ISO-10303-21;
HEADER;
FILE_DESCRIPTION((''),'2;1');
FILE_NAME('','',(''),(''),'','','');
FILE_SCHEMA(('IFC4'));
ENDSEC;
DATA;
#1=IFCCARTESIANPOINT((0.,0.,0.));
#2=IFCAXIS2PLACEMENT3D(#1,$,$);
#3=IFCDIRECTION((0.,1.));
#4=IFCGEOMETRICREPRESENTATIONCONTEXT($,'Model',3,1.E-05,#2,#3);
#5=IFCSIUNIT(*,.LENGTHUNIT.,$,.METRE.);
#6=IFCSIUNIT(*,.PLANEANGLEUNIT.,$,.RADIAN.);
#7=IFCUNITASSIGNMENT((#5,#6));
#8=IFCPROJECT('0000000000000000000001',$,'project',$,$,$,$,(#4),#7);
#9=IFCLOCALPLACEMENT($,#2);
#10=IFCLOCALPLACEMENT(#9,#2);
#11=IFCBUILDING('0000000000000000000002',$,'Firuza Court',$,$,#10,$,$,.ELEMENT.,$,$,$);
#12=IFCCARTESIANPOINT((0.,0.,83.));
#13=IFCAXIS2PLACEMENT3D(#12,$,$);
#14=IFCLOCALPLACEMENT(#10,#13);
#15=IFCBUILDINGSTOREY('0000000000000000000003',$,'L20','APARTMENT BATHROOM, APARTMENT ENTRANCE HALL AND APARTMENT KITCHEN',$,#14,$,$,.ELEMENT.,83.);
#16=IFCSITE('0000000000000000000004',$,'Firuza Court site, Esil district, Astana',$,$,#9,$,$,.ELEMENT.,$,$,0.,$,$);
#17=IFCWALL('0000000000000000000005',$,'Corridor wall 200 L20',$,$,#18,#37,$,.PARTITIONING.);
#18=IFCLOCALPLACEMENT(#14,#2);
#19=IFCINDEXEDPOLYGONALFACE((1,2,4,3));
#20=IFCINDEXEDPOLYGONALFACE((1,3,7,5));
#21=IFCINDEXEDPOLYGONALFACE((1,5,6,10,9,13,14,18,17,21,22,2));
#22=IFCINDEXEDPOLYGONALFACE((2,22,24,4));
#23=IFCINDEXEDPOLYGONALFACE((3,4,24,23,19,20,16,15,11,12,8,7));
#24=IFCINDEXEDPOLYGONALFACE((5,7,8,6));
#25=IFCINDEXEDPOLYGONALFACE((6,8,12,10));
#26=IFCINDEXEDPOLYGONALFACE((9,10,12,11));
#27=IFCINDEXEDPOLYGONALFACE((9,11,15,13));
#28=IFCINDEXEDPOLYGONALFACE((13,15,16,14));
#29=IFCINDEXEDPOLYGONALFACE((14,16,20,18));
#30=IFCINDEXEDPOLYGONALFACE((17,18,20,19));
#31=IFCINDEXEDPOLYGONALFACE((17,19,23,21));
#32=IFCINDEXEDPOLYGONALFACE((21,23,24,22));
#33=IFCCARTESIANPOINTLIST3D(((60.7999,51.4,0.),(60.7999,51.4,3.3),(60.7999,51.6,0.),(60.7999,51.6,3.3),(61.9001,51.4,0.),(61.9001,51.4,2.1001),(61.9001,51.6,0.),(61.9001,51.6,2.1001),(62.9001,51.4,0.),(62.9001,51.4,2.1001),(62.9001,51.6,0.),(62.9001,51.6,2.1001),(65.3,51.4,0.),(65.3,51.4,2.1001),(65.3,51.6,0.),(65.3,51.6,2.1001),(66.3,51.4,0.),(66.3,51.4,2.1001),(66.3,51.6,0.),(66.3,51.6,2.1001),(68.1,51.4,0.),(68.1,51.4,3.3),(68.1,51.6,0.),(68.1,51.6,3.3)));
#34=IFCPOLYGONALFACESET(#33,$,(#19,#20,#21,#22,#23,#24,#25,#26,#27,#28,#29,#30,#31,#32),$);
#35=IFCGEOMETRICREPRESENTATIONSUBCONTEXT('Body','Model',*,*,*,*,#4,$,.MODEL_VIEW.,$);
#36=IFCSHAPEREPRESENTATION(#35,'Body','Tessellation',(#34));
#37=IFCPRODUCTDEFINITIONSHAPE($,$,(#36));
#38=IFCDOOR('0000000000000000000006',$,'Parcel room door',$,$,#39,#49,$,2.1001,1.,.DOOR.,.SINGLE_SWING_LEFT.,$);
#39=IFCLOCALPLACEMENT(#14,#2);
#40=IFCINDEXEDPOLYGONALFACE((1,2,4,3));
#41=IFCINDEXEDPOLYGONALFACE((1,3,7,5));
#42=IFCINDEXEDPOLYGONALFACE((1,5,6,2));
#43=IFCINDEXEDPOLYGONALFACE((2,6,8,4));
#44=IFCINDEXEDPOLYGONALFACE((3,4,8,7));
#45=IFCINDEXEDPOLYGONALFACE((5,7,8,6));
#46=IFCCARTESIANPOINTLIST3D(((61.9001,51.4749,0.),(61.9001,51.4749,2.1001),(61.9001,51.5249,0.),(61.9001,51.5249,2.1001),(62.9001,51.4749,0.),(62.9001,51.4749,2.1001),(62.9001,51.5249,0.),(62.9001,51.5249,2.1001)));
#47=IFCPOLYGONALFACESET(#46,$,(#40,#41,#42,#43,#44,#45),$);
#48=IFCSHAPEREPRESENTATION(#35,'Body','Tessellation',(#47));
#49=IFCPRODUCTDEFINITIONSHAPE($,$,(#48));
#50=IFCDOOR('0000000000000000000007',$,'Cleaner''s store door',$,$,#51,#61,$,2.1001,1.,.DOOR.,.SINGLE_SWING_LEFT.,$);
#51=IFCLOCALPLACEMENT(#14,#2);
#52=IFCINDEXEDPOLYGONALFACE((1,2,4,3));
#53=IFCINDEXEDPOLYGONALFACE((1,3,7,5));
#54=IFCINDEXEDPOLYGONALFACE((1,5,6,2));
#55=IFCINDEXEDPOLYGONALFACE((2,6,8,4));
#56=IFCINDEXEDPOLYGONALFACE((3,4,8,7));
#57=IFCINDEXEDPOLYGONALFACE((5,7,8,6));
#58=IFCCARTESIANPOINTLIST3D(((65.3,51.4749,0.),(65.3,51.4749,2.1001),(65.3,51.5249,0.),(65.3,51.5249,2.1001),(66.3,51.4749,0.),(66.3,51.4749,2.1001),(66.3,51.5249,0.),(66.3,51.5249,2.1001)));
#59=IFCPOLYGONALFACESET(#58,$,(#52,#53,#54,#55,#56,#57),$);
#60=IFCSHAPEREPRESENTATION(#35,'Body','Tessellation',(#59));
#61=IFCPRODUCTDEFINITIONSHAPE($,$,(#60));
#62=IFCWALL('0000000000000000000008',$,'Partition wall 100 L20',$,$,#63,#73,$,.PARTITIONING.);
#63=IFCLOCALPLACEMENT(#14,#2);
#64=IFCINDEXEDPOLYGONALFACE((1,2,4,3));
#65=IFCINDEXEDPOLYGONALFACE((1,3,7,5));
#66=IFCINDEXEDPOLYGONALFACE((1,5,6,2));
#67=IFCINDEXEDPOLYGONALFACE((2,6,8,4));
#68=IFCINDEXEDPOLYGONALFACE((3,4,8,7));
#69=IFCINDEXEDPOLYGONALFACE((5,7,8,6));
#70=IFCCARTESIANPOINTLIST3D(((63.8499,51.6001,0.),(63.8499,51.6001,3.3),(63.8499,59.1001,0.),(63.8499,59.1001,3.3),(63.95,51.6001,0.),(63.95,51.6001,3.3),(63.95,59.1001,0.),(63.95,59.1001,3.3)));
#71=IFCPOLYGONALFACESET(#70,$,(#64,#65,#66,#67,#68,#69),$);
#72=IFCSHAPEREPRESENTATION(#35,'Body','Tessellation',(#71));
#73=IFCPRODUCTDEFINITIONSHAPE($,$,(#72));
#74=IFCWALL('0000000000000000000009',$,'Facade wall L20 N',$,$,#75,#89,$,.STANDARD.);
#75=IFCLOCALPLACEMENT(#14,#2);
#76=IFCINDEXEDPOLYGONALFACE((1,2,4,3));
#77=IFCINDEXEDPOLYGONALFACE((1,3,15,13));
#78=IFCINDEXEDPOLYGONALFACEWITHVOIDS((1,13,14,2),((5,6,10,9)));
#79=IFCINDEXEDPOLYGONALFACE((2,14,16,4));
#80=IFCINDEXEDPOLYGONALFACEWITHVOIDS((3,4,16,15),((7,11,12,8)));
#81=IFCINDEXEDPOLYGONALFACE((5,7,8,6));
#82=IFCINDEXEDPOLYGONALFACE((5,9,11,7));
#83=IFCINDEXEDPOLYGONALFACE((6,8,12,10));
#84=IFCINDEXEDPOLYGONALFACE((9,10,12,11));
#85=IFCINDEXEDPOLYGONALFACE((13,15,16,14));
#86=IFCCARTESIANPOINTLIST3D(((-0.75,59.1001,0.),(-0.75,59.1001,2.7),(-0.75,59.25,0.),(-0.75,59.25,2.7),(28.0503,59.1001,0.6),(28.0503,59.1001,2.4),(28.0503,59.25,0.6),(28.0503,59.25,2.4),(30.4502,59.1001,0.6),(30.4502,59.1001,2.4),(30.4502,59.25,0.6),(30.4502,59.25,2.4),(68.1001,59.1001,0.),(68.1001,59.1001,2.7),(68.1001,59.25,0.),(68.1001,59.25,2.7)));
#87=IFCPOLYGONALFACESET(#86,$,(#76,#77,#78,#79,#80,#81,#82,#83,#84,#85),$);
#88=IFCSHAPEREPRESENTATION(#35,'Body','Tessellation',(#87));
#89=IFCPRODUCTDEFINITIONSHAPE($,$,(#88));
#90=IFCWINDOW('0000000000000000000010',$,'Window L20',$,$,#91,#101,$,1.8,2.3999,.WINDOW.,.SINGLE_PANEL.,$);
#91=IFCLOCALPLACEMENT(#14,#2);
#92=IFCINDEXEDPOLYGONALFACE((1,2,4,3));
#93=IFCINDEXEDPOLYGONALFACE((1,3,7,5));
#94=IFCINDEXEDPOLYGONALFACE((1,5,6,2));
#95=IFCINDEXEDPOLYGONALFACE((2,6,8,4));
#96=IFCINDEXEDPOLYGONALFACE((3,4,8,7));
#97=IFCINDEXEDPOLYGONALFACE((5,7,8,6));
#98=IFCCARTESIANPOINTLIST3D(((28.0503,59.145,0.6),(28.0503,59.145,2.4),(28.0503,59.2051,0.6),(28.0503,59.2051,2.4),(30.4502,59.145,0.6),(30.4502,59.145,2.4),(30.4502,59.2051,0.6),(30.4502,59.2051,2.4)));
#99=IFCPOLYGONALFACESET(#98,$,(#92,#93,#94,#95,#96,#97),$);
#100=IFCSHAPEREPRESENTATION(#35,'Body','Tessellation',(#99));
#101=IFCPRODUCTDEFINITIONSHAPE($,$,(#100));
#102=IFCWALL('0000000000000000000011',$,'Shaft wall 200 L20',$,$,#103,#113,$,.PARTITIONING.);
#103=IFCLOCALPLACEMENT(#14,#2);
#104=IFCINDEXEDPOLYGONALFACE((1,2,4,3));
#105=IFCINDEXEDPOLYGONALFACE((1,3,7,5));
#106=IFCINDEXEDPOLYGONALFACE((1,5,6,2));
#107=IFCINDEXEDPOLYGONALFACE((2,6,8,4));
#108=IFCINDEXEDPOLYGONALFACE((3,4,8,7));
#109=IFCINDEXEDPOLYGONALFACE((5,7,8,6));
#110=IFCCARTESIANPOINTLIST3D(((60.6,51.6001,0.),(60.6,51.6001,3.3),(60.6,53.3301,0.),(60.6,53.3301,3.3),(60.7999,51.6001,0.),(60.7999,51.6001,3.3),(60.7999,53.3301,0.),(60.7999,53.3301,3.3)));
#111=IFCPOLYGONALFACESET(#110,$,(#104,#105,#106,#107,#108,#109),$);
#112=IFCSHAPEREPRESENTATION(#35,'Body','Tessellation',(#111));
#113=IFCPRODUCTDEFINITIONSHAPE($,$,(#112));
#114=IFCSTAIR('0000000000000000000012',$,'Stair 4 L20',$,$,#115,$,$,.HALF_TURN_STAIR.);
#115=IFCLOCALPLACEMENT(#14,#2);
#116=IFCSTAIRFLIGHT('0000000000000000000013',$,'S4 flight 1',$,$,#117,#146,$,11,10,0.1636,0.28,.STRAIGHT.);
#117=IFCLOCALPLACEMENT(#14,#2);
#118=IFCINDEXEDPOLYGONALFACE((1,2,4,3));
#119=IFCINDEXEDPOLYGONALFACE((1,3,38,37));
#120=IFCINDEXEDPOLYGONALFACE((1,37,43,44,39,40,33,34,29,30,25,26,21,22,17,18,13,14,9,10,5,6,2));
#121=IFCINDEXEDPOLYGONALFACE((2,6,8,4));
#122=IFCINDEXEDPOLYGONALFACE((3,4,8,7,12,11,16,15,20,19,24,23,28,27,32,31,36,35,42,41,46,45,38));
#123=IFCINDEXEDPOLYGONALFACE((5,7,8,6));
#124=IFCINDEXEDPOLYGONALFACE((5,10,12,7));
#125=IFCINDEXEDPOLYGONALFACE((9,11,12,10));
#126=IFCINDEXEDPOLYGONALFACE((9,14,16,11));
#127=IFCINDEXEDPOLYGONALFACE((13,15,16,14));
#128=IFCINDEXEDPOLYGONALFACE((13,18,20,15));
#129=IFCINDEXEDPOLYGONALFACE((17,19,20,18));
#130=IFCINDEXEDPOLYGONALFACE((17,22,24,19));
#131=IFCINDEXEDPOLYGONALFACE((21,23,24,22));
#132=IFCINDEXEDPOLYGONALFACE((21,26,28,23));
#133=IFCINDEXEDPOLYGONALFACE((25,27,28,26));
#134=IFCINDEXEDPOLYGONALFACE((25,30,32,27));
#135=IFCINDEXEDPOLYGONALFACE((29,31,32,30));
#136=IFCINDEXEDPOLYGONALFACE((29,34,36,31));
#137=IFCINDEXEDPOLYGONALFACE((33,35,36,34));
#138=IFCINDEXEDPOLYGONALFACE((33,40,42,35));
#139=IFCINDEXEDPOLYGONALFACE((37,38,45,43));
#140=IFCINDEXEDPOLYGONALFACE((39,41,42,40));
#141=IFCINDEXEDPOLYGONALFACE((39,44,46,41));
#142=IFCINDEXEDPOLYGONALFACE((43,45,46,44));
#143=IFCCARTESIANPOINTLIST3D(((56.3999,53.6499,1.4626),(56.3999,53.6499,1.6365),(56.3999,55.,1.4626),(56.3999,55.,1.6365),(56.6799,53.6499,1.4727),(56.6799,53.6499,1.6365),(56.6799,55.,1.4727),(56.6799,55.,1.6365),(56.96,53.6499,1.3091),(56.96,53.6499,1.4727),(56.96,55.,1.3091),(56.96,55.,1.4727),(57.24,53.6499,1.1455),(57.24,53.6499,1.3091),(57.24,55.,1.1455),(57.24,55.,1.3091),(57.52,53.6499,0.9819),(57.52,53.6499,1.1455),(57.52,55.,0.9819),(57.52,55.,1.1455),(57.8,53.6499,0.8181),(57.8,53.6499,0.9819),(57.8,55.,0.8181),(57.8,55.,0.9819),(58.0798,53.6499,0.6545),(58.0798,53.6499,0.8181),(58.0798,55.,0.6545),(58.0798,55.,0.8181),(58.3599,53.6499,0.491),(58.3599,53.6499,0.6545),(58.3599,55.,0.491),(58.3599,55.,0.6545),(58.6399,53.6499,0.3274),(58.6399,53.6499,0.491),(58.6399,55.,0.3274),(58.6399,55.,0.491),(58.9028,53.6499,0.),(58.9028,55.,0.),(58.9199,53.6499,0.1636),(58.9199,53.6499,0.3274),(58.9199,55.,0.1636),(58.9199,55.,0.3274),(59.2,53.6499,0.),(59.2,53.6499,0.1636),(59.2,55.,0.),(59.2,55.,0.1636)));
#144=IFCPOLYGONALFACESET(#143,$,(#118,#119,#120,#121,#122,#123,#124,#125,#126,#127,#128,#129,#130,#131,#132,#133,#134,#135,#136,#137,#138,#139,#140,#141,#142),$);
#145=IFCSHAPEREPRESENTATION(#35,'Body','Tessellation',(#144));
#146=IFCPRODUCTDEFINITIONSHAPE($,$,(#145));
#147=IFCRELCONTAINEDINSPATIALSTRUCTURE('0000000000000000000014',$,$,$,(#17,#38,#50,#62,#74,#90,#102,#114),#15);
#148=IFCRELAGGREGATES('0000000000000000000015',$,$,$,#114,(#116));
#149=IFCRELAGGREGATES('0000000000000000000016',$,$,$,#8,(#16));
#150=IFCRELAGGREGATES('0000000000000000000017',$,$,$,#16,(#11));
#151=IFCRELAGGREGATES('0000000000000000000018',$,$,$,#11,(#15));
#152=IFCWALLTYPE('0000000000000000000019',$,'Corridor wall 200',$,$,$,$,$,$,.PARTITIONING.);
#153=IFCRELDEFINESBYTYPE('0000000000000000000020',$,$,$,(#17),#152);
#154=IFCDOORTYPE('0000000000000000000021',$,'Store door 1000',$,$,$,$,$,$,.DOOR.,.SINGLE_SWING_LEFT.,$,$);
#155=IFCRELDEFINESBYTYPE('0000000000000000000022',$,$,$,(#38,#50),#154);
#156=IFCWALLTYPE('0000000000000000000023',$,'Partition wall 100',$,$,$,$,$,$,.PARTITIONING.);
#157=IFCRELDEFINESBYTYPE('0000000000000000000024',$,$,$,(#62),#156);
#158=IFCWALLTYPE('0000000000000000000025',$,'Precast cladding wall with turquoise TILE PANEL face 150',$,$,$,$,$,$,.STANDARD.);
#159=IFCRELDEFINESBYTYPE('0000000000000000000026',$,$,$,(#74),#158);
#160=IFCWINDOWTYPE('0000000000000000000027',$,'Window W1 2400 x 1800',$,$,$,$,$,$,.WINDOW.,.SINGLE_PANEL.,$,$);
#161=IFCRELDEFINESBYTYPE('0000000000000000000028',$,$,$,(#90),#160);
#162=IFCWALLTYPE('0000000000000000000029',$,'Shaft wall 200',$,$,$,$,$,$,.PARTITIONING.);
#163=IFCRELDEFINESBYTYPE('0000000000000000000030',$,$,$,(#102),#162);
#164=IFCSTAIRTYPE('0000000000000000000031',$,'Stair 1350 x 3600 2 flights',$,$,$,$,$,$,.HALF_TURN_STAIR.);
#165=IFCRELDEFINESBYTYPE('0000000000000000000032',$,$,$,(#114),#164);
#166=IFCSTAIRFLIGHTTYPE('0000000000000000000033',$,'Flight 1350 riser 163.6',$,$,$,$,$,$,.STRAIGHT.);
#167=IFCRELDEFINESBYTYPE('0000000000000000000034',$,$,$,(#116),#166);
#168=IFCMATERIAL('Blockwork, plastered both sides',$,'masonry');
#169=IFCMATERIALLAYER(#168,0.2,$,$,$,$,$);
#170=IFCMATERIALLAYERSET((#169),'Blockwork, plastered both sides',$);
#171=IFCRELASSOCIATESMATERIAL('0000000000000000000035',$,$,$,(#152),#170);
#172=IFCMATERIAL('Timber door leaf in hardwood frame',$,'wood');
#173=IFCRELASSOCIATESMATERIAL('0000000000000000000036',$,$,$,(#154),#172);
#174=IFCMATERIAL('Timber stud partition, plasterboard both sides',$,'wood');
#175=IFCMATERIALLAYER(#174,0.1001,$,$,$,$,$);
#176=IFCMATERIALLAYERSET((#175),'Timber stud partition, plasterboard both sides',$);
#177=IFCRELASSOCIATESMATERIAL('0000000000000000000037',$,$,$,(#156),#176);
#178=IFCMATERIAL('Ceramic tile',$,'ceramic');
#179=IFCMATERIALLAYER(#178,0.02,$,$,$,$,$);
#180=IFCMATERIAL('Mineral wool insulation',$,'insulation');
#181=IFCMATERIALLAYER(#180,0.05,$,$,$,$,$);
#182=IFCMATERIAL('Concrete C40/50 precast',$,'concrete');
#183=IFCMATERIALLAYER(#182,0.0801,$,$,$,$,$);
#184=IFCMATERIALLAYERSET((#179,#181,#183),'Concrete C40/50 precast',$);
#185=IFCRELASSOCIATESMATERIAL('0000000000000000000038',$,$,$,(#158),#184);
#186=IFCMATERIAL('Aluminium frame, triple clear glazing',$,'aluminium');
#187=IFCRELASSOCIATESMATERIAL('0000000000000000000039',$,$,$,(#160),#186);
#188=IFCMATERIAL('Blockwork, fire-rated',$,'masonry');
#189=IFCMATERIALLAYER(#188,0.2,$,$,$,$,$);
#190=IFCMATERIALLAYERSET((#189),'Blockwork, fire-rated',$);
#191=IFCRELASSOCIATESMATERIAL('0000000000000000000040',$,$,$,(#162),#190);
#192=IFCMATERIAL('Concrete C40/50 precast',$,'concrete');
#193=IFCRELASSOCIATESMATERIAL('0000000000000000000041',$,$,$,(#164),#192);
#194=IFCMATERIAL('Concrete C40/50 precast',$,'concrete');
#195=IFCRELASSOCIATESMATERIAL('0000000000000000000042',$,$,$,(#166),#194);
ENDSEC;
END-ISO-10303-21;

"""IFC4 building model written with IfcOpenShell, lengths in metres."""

from ifc_helpers import new_model, si_unit, direction, frame, frame_2d, origin, place, context, subcontext, project, spatial, polyline, rectangle, outline, extrude, material, layer, layer_set, type_object, element, fill, aggregate, save


model = new_model("IFC4")

# Units and contexts
model_context = context("Model", 3, precision=1e-05, world=origin(), true_north=direction((0.0, 1.0)))
body_context = subcontext(model_context, "Body", "Model", "MODEL_VIEW")
ifc_project = project(units=[si_unit("LENGTHUNIT", "METRE"), si_unit("PLANEANGLEUNIT", "RADIAN")], contexts=[model_context])

# Site, building, storey
site_placement = place(None, origin())
site = spatial("IfcSite", under=ifc_project, at=site_placement, Name="Firuza Court site, Esil district, Astana", CompositionType="ELEMENT", RefElevation=0.0)
building_placement = place(site_placement, origin())
building = spatial("IfcBuilding", under=site, at=building_placement, Name="Firuza Court", CompositionType="ELEMENT")
storey_placement = place(building_placement, frame((0.0, 0.0, 83.0)))
storey = spatial("IfcBuildingStorey", under=building, at=storey_placement, Name="L20", Description="APARTMENT BATHROOM, APARTMENT ENTRANCE HALL AND APARTMENT KITCHEN", CompositionType="ELEMENT", Elevation=83.0)

# Wall, openings, doors
ifc_material_1 = material(Name="Blockwork, plastered both sides", Category="masonry")
ifc_layer_1 = layer(ifc_material_1, 0.2)
ifc_layer_set_1 = layer_set([ifc_layer_1], Name="Blockwork, plastered both sides")
wall_type_1 = type_object("IfcWallType", Name="Corridor wall 200", PredefinedType="PARTITIONING", material=ifc_layer_set_1)
wall_1_placement = place(storey_placement, frame((60.8, 51.5, 0.0), z_axis=(0.0, 0.0, 1.0), x_axis=(1.0, 0.0, 0.0)))
wall_1 = element("IfcWall", 1, at=wall_1_placement, inside=storey, type_object=wall_type_1, Name="Corridor wall 200 L20", PredefinedType="PARTITIONING", context=body_context, shape_type="SweptSolid", body=[
    extrude(rectangle(XDim=7.3, YDim=0.2, at=frame_2d((3.6499, 0.0))), origin(), (0.0, 0.0, 1.0), 3.3),
])
opening_1_placement = place(wall_1_placement, frame((1.1001, 0.0, 0.0)))
opening_1 = element("IfcOpeningElement", 2, at=opening_1_placement, cuts=wall_1, PredefinedType="OPENING", context=body_context, shape_type="SweptSolid", body=[
    extrude(rectangle(XDim=1.0, YDim=2.1001, at=frame_2d((0.5, 1.05))), frame((0.0, 0.1118, 0.0), z_axis=(0.0, -1.0, 0.0), x_axis=(1.0, 0.0, 0.0)), (0.0, 0.0, 1.0), 0.2239),
])
opening_2_placement = place(wall_1_placement, frame((4.5, 0.0, 0.0)))
opening_2 = element("IfcOpeningElement", 3, at=opening_2_placement, cuts=wall_1, PredefinedType="OPENING", context=body_context, shape_type="SweptSolid", body=[
    extrude(rectangle(XDim=1.0, YDim=2.1001, at=frame_2d((0.5, 1.05))), frame((0.0, 0.1118, 0.0), z_axis=(0.0, -1.0, 0.0), x_axis=(1.0, 0.0, 0.0)), (0.0, 0.0, 1.0), 0.2239),
])
ifc_material_2 = material(Name="Timber door leaf in hardwood frame", Category="wood")
door_type = type_object("IfcDoorType", Name="Store door 1000", OperationType="SINGLE_SWING_LEFT", PredefinedType="DOOR", material=ifc_material_2)
door_1_placement = place(opening_1_placement, origin())
door_1 = element("IfcDoor", 4, at=door_1_placement, inside=storey, type_object=door_type, Name="Parcel room door", OperationType="SINGLE_SWING_LEFT", OverallHeight=2.1001, OverallWidth=1.0, PredefinedType="DOOR", context=body_context, shape_type="SweptSolid", body=[
    extrude(rectangle(XDim=1.0, YDim=2.1001, at=frame_2d((0.5, 1.05))), frame((0.0, 0.0249, 0.0), z_axis=(0.0, -1.0, 0.0), x_axis=(1.0, 0.0, 0.0)), (0.0, 0.0, 1.0), 0.05),
])
fill(opening_1, door_1)
door_2_placement = place(opening_2_placement, origin())
door_2 = element("IfcDoor", 5, at=door_2_placement, inside=storey, type_object=door_type, Name="Cleaner's store door", OperationType="SINGLE_SWING_LEFT", OverallHeight=2.1001, OverallWidth=1.0, PredefinedType="DOOR", context=body_context, shape_type="SweptSolid", body=[
    extrude(rectangle(XDim=1.0, YDim=2.1001, at=frame_2d((0.5, 1.05))), frame((0.0, 0.0249, 0.0), z_axis=(0.0, -1.0, 0.0), x_axis=(1.0, 0.0, 0.0)), (0.0, 0.0, 1.0), 0.05),
])
fill(opening_2, door_2)

# Wall
ifc_material_3 = material(Name="Timber stud partition, plasterboard both sides", Category="wood")
ifc_layer_2 = layer(ifc_material_3, 0.1001)
ifc_layer_set_2 = layer_set([ifc_layer_2], Name="Timber stud partition, plasterboard both sides")
wall_type_2 = type_object("IfcWallType", Name="Partition wall 100", PredefinedType="PARTITIONING", material=ifc_layer_set_2)
wall_2_placement = place(storey_placement, frame((63.8999, 51.6001, 0.0), z_axis=(0.0, 0.0, 1.0), x_axis=(0.0, 1.0, 0.0)))
element("IfcWall", 6, at=wall_2_placement, inside=storey, type_object=wall_type_2, Name="Partition wall 100 L20", PredefinedType="PARTITIONING", context=body_context, shape_type="SweptSolid", body=[
    extrude(rectangle(XDim=7.5, YDim=0.1001, at=frame_2d((3.75, 0.0))), origin(), (0.0, 0.0, 1.0), 3.3),
])

# Wall, opening, window
ifc_material_4 = material(Name="Ceramic tile", Category="ceramic")
ifc_layer_3 = layer(ifc_material_4, 0.02)
ifc_material_5 = material(Name="Mineral wool insulation", Category="insulation")
ifc_layer_4 = layer(ifc_material_5, 0.05)
ifc_material_6 = material(Name="Concrete C40/50 precast", Category="concrete")
ifc_layer_5 = layer(ifc_material_6, 0.0801)
ifc_layer_set_3 = layer_set([ifc_layer_3, ifc_layer_4, ifc_layer_5], Name="Concrete C40/50 precast")
wall_type_3 = type_object("IfcWallType", Name="Precast cladding wall with turquoise TILE PANEL face 150", PredefinedType="STANDARD", material=ifc_layer_set_3)
wall_3_placement = place(storey_placement, frame((68.1001, 59.175, 0.0), z_axis=(0.0, 0.0, 1.0), x_axis=(-1.0, 0.0, 0.0)))
wall_3 = element("IfcWall", 7, at=wall_3_placement, inside=storey, type_object=wall_type_3, Name="Facade wall L20 N", PredefinedType="STANDARD", context=body_context, shape_type="SweptSolid", body=[
    extrude(rectangle(XDim=68.8501, YDim=0.1499, at=frame_2d((34.425, 0.0))), origin(), (0.0, 0.0, 1.0), 2.7),
])
opening_3_placement = place(wall_3_placement, frame((37.6499, 0.0, 0.6001)))
opening_3 = element("IfcOpeningElement", 8, at=opening_3_placement, cuts=wall_3, PredefinedType="OPENING", context=body_context, shape_type="SweptSolid", body=[
    extrude(rectangle(XDim=2.3999, YDim=1.8, at=frame_2d((1.2, 0.8999))), frame((0.0, 0.0869, 0.0), z_axis=(0.0, -1.0, 0.0), x_axis=(1.0, 0.0, 0.0)), (0.0, 0.0, 1.0), 0.1738),
])
ifc_material_7 = material(Name="Aluminium frame, triple clear glazing", Category="aluminium")
window_type = type_object("IfcWindowType", Name="Window W1 2400 x 1800", PartitioningType="SINGLE_PANEL", PredefinedType="WINDOW", material=ifc_material_7)
window_placement = place(opening_3_placement, origin())
window = element("IfcWindow", 9, at=window_placement, inside=storey, type_object=window_type, Name="Window L20", OverallHeight=1.8, OverallWidth=2.3999, PartitioningType="SINGLE_PANEL", PredefinedType="WINDOW", context=body_context, shape_type="SweptSolid", body=[
    extrude(rectangle(XDim=2.3999, YDim=1.8, at=frame_2d((1.2, 0.8999))), frame((0.0, 0.03, 0.0), z_axis=(0.0, -1.0, 0.0), x_axis=(1.0, 0.0, 0.0)), (0.0, 0.0, 1.0), 0.0601),
])
fill(opening_3, window)

# Wall
ifc_material_8 = material(Name="Blockwork, fire-rated", Category="masonry")
ifc_layer_6 = layer(ifc_material_8, 0.2)
ifc_layer_set_4 = layer_set([ifc_layer_6], Name="Blockwork, fire-rated")
wall_type_4 = type_object("IfcWallType", Name="Shaft wall 200", PredefinedType="PARTITIONING", material=ifc_layer_set_4)
wall_4_placement = place(storey_placement, frame((60.7, 51.6001, 0.0), z_axis=(0.0, 0.0, 1.0), x_axis=(0.0, 1.0, 0.0)))
element("IfcWall", 10, at=wall_4_placement, inside=storey, type_object=wall_type_4, Name="Shaft wall 200 L20", PredefinedType="PARTITIONING", context=body_context, shape_type="SweptSolid", body=[
    extrude(rectangle(XDim=1.73, YDim=0.2, at=frame_2d((0.865, 0.0))), origin(), (0.0, 0.0, 1.0), 3.3),
])

# Stair, stair flight
ifc_material_9 = material(Name="Concrete C40/50 precast", Category="concrete")
stair_type = type_object("IfcStairType", Name="Stair 1350 x 3600 2 flights", PredefinedType="HALF_TURN_STAIR", material=ifc_material_9)
stair_placement = place(storey_placement, origin())
stair = element("IfcStair", 11, at=stair_placement, inside=storey, type_object=stair_type, Name="Stair 4 L20", PredefinedType="HALF_TURN_STAIR")
ifc_material_10 = material(Name="Concrete C40/50 precast", Category="concrete")
stair_flight_type = type_object("IfcStairFlightType", Name="Flight 1350 riser 163.6", PredefinedType="STRAIGHT", material=ifc_material_10)
stair_flight_1_placement = place(storey_placement, frame((59.2, 54.325, 0.0), z_axis=(0.0, 0.0, 1.0), x_axis=(-1.0, 0.0, 0.0)))
stair_flight_1 = element("IfcStairFlight", 12, at=stair_flight_1_placement, type_object=stair_flight_type, Name="S4 flight 1", NumberOfRisers=11, NumberOfTreads=10, PredefinedType="STRAIGHT", RiserHeight=0.1636, TreadLength=0.28, context=body_context, shape_type="SweptSolid", body=[
    extrude(outline(polyline([(0.0, 0.0), (0.0, 0.1636), (0.28, 0.1636), (0.28, 0.3274), (0.5601, 0.3274), (0.5601, 0.491), (0.8401, 0.491), (0.8401, 0.6545), (1.1201, 0.6545), (1.1201, 0.8181), (1.3999, 0.8181), (1.3999, 0.9819), (1.6799, 0.9819), (1.6799, 1.1455), (1.96, 1.1455), (1.96, 1.3091), (2.24, 1.3091), (2.24, 1.4727), (2.52, 1.4727), (2.52, 1.6365), (2.8, 1.6365), (2.8, 1.8), (2.8, 1.4626), (0.2971, 0.0), (0.0, 0.0)])), frame((0.0, 0.675, 0.0), z_axis=(0.0, -1.0, 0.0), x_axis=(1.0, 0.0, 0.0)), (0.0, 0.0, 1.0), 1.3501),
])
aggregate(stair, [stair_flight_1])

save(model, "model.ifc")
